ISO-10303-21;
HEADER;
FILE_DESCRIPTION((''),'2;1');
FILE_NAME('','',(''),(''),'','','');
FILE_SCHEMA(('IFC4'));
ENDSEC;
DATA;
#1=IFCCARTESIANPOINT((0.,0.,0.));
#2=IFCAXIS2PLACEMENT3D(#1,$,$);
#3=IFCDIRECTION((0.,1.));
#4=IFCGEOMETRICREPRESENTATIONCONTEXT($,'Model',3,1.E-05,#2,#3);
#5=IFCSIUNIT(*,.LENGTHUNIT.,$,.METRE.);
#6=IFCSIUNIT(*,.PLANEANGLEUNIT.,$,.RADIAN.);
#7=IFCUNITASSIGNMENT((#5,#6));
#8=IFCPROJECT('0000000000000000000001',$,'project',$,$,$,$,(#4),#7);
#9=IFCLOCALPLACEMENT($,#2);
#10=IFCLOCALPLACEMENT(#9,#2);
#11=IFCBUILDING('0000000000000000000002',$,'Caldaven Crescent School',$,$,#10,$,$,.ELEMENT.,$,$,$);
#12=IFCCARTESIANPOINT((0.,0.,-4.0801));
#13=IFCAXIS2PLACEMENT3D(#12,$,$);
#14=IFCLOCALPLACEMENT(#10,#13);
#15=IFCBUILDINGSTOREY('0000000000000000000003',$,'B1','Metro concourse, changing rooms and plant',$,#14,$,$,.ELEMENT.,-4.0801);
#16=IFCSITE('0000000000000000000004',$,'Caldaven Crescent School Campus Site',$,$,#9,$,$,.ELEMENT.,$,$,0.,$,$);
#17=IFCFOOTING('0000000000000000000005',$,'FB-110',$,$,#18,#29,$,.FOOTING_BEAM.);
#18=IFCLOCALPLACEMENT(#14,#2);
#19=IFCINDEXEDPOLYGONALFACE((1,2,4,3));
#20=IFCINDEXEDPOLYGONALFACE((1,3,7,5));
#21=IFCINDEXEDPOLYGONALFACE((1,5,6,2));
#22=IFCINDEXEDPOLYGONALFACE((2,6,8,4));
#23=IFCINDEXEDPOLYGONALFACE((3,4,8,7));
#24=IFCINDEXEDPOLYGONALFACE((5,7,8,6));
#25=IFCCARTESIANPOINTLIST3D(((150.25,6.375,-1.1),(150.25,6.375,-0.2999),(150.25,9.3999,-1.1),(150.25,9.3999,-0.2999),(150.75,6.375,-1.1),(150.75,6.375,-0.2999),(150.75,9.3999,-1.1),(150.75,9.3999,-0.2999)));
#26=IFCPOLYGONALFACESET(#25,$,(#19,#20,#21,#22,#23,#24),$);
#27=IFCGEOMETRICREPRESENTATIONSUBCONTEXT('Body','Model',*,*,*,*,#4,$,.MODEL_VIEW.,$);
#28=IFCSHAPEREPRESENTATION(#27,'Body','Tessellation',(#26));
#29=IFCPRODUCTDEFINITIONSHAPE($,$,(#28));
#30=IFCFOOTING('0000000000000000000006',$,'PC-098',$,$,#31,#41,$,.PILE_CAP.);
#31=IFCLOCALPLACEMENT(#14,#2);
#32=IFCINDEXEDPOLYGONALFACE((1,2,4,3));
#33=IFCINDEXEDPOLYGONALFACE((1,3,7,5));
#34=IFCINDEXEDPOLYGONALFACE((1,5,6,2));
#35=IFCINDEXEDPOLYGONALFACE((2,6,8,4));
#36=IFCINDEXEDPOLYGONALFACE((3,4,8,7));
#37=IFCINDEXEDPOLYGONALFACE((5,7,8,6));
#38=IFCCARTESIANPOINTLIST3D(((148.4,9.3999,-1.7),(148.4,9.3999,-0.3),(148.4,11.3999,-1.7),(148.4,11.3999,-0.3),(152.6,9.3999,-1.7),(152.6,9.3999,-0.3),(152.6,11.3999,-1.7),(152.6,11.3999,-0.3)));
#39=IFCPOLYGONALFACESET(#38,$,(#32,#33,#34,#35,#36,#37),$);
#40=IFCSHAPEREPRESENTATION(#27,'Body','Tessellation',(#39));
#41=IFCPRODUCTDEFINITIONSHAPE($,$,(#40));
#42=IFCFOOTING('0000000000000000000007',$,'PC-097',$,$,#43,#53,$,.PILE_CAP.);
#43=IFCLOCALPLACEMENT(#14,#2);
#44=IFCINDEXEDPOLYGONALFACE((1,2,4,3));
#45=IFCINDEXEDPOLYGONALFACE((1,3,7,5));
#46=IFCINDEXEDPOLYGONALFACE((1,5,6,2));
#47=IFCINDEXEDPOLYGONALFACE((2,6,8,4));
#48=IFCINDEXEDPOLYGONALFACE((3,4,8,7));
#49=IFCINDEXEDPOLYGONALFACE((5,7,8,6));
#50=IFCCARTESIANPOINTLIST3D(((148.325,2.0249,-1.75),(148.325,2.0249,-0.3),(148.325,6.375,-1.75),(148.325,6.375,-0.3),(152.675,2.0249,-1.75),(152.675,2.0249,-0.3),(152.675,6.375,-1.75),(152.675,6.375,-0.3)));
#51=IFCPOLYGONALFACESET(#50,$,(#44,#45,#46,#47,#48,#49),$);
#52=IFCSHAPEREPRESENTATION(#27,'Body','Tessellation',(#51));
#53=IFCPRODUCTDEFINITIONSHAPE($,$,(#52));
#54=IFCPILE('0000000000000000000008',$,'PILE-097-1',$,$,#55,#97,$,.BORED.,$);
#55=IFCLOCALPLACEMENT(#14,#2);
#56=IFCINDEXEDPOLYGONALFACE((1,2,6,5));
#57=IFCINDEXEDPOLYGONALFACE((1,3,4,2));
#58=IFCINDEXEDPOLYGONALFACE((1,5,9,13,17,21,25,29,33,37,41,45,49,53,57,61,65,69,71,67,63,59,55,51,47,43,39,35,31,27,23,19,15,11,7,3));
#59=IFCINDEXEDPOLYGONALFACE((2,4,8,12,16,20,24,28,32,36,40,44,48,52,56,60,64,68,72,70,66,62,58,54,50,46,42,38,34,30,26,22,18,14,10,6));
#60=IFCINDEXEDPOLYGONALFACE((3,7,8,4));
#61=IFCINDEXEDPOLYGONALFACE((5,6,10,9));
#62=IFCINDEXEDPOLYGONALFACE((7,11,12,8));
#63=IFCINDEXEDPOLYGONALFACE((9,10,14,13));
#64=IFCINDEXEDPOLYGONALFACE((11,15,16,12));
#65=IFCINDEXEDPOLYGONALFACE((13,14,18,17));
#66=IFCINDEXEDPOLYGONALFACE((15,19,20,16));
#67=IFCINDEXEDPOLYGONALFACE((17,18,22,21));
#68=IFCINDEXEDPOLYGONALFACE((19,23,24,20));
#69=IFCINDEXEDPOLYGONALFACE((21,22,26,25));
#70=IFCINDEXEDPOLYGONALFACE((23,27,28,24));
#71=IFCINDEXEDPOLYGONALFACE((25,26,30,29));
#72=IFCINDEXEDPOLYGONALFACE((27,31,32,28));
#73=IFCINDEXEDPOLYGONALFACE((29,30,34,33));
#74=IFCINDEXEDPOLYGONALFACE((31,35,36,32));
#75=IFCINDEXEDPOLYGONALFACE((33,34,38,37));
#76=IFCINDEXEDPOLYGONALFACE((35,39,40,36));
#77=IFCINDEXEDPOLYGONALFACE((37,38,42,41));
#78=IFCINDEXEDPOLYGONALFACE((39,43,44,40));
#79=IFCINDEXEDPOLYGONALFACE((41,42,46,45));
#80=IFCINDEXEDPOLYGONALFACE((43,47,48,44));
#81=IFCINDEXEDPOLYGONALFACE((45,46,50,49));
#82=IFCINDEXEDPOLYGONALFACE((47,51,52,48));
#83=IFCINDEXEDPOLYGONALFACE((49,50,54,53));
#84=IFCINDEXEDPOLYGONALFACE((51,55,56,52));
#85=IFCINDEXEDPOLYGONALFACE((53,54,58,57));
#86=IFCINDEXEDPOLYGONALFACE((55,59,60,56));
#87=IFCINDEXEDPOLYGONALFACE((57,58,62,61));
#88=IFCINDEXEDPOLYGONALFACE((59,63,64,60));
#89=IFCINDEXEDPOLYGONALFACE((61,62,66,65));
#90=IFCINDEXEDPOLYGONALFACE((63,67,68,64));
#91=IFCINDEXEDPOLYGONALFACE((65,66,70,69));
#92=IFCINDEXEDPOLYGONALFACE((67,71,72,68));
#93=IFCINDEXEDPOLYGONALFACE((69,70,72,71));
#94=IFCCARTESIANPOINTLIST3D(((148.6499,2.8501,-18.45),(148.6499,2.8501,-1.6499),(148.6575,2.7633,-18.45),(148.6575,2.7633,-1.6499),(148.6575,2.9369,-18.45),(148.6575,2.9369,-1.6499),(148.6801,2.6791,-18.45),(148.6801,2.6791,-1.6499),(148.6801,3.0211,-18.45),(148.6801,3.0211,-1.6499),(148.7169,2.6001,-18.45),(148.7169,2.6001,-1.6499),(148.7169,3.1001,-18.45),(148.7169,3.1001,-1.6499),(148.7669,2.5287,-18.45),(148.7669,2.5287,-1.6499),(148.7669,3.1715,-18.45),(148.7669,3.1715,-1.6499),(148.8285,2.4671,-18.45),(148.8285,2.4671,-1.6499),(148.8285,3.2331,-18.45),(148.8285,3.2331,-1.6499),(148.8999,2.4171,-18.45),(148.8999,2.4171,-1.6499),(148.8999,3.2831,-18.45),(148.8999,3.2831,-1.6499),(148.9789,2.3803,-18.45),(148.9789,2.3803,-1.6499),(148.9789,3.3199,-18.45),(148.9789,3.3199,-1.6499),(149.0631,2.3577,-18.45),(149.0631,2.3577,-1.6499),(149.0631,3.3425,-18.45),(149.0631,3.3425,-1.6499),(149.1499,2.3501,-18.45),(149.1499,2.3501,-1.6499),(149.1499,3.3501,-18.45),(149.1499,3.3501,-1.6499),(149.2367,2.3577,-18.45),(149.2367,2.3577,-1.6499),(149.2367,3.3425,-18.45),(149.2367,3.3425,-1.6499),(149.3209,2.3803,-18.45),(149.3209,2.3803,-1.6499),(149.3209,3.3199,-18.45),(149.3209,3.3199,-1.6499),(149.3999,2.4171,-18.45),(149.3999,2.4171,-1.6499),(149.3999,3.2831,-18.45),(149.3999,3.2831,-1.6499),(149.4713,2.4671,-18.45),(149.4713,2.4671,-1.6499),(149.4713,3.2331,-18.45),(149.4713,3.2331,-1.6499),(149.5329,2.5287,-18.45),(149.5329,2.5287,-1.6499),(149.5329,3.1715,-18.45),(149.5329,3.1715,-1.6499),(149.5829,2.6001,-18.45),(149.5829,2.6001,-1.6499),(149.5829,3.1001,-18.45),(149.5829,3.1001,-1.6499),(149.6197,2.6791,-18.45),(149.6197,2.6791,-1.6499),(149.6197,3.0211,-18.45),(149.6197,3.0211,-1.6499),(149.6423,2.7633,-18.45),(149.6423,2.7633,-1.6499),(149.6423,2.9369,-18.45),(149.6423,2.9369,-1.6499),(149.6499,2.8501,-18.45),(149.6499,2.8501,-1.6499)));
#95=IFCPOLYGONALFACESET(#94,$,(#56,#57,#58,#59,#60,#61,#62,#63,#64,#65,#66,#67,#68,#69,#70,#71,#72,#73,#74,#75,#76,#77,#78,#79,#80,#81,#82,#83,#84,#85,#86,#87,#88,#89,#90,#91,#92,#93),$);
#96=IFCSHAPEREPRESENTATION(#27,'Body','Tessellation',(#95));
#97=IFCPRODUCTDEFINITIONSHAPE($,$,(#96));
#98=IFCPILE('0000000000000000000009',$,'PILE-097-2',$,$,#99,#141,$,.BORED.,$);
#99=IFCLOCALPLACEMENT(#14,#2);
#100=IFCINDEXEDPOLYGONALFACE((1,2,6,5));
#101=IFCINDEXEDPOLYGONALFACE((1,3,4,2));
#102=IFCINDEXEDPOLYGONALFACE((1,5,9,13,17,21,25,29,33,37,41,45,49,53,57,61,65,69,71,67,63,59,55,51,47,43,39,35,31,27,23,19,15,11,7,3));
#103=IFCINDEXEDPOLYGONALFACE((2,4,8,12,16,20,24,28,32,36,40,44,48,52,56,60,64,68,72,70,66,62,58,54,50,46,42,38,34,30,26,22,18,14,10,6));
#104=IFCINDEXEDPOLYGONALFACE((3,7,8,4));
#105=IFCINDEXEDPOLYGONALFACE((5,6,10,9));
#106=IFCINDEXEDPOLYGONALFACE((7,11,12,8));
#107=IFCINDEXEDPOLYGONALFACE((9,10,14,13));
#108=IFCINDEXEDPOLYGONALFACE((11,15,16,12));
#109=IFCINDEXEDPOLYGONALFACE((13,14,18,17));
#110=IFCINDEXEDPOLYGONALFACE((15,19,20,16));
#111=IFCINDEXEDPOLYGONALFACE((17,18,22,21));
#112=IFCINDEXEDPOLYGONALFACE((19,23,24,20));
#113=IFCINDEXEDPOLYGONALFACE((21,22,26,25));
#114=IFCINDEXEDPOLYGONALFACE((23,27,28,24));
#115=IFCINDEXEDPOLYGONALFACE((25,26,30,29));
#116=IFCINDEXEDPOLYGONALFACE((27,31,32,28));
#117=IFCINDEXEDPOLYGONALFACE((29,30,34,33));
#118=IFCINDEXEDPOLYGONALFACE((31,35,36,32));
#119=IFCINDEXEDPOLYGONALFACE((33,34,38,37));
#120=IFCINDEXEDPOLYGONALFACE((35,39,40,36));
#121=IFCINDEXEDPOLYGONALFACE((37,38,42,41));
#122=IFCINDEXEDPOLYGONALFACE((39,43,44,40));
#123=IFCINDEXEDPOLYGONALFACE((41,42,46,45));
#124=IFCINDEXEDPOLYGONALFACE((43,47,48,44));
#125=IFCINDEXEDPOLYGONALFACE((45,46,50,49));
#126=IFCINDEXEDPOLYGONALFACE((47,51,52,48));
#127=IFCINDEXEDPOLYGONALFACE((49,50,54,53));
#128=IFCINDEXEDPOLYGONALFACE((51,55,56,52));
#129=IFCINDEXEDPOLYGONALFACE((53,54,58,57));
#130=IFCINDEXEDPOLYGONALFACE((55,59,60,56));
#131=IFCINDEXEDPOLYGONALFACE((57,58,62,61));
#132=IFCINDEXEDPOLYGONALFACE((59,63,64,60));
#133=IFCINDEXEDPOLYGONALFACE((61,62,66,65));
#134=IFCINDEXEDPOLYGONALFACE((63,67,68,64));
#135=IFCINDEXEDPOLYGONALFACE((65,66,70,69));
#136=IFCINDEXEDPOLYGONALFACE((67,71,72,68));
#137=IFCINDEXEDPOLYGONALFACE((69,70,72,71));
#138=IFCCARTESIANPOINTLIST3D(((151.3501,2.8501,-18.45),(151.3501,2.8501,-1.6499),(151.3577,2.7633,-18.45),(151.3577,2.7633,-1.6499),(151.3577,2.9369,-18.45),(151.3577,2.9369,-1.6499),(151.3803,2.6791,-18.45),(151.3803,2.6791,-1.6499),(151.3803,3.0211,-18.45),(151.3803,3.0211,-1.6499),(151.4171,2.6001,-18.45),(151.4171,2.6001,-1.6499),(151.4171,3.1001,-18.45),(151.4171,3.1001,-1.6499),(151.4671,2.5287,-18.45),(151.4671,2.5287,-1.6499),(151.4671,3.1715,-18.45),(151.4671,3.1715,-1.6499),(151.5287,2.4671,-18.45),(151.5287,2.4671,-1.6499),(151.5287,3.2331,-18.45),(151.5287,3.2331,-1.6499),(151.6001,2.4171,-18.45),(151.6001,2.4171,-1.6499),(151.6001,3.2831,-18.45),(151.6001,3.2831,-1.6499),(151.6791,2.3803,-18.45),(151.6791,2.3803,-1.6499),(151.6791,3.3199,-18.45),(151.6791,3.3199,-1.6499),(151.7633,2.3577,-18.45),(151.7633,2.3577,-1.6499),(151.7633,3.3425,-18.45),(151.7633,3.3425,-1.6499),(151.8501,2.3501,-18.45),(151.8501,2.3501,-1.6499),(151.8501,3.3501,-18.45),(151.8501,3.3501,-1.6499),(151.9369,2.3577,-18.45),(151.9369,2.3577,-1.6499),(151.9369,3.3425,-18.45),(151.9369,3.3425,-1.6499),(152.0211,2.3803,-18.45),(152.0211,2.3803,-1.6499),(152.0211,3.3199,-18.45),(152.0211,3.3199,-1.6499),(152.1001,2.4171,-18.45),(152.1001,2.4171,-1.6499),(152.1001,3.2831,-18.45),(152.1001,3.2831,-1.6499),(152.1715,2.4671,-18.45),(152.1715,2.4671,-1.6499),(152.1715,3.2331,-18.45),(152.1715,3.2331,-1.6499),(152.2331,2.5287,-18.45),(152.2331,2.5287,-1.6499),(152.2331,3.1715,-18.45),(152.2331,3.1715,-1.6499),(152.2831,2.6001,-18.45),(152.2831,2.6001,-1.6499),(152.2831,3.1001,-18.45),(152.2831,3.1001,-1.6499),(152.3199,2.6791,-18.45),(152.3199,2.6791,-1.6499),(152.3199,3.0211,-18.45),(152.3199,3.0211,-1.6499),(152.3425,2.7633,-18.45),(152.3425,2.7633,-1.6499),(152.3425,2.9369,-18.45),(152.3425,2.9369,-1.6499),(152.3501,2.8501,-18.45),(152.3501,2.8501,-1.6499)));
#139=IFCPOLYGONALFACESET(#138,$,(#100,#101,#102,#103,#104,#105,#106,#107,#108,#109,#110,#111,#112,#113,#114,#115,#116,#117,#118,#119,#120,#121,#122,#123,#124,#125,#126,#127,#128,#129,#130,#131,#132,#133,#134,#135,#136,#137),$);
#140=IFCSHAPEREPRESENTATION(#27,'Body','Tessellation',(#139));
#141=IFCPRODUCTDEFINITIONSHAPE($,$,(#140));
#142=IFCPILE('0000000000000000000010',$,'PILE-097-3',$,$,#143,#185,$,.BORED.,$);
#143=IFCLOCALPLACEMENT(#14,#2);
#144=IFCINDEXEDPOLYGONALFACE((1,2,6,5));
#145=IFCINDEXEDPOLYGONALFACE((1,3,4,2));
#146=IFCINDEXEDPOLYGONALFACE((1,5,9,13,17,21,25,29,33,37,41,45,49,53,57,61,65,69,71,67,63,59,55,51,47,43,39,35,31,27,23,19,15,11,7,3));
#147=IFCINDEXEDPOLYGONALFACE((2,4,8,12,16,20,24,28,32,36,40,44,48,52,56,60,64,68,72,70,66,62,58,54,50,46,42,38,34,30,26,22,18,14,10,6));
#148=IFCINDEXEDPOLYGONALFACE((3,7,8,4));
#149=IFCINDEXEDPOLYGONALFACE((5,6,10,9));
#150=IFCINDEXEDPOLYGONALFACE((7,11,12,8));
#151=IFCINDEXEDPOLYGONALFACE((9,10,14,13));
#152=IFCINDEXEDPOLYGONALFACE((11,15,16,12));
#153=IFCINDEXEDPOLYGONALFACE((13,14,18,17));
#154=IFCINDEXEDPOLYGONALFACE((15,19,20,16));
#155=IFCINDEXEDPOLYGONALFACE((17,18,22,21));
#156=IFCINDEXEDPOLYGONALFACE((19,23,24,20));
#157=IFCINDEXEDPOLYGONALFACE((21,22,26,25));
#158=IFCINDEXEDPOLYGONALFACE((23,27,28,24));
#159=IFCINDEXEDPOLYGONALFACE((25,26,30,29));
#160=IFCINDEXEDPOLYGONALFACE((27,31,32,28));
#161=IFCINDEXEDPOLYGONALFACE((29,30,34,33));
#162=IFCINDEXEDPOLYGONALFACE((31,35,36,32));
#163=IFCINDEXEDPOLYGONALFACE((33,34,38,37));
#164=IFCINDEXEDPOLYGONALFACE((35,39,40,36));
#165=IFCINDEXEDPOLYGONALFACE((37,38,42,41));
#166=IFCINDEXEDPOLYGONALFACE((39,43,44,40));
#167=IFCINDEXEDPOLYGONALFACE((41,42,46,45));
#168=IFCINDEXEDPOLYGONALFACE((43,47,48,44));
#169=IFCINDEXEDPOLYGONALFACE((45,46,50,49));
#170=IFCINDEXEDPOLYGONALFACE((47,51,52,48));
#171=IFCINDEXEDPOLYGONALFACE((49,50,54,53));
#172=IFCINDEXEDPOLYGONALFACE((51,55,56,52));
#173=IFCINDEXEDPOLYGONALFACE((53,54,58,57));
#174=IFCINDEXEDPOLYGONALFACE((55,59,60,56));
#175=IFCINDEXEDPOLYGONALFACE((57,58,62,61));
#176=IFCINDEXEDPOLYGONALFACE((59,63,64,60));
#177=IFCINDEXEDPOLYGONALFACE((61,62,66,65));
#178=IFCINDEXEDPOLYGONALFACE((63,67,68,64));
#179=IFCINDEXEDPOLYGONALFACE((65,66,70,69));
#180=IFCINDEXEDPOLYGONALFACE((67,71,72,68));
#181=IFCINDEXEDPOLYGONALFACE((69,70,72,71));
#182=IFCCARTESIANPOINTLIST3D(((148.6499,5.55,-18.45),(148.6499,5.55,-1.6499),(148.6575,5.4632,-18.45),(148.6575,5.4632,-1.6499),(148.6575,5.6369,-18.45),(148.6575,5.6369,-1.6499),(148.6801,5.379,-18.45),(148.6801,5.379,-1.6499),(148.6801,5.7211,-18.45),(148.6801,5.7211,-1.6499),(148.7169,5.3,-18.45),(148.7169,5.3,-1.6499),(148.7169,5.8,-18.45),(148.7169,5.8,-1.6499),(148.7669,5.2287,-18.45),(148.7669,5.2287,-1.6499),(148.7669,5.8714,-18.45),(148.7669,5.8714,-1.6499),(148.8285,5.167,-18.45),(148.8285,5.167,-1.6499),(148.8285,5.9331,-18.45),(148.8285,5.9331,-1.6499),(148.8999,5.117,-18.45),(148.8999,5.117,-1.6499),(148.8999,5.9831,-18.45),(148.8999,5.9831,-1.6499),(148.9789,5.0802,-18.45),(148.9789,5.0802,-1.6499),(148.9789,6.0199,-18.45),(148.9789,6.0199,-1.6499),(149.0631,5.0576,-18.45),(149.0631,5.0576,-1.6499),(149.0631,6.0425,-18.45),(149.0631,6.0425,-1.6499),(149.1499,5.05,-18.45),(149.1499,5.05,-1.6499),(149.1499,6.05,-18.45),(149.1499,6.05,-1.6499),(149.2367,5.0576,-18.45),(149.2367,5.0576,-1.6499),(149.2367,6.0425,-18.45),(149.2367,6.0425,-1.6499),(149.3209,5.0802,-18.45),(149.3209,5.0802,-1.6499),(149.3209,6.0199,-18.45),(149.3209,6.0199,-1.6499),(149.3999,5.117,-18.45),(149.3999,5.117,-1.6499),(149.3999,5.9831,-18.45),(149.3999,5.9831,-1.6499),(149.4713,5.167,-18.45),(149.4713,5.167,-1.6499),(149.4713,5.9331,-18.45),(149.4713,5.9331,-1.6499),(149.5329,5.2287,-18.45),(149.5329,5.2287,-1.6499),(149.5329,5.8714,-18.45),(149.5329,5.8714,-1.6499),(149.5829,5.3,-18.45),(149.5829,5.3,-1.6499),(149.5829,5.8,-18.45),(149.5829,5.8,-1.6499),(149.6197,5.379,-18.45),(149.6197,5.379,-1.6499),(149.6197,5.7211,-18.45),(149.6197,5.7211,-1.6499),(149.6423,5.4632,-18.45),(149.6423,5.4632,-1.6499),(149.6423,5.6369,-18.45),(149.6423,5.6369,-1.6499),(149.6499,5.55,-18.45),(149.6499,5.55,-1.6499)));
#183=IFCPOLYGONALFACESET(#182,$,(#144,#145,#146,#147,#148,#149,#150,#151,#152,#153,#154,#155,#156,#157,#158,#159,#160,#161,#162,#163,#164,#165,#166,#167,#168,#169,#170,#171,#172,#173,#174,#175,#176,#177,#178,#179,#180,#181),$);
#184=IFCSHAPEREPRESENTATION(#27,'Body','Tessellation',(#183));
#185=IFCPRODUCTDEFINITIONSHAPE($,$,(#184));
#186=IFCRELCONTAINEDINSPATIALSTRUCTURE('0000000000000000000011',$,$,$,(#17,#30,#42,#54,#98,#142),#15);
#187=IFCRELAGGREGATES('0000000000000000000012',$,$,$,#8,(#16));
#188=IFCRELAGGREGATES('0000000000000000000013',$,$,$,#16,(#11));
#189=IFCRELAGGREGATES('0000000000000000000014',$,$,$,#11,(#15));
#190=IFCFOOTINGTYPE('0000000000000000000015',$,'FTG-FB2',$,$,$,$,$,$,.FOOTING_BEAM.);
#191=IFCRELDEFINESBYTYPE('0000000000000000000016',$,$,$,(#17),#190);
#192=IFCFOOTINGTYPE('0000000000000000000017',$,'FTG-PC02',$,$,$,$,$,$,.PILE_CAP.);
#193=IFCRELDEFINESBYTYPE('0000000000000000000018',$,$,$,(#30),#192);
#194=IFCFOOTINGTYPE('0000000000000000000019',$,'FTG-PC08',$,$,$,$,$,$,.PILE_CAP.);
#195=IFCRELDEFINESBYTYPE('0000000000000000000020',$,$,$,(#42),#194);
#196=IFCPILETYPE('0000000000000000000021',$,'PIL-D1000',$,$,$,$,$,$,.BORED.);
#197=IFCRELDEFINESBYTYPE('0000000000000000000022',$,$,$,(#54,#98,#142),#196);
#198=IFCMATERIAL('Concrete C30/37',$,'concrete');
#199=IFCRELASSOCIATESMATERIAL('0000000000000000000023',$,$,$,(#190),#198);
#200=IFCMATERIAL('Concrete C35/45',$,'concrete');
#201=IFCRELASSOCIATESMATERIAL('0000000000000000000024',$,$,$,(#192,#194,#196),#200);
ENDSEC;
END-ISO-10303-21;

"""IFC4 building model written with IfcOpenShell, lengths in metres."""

from ifc_helpers import new_model, si_unit, direction, frame, origin, origin_2d, place, context, subcontext, project, spatial, rectangle, circle, extrude, material, material_profile, profile_set, type_object, element, save


model = new_model("IFC4")

# Units and contexts
model_context = context("Model", 3, precision=1e-05, world=origin(), true_north=direction((0.0, 1.0)))
body_context = subcontext(model_context, "Body", "Model", "MODEL_VIEW")
ifc_project = project(units=[si_unit("LENGTHUNIT", "METRE"), si_unit("PLANEANGLEUNIT", "RADIAN")], contexts=[model_context])

# Site, building, storey
site_placement = place(None, origin())
site = spatial("IfcSite", under=ifc_project, at=site_placement, Name="Caldaven Crescent School Campus Site", CompositionType="ELEMENT", RefElevation=0.0)
building_placement = place(site_placement, origin())
building = spatial("IfcBuilding", under=site, at=building_placement, Name="Caldaven Crescent School", CompositionType="ELEMENT")
storey_placement = place(building_placement, frame((0.0, 0.0, -4.0801)))
storey = spatial("IfcBuildingStorey", under=building, at=storey_placement, Name="B1", Description="Metro concourse, changing rooms and plant", CompositionType="ELEMENT", Elevation=-4.0801)

# Footings
ifc_material_1 = material(Name="Concrete C30/37", Category="concrete")
ifc_material_profile_1 = material_profile(ifc_material_1, rectangle(XDim=0.5, YDim=0.8, at=origin_2d()), Name="FB 500x800")
ifc_profile_set_1 = profile_set([ifc_material_profile_1], Name="Concrete C30/37")
footing_type_1 = type_object("IfcFootingType", Name="FTG-FB2", PredefinedType="FOOTING_BEAM", material=ifc_profile_set_1)
footing_1_placement = place(storey_placement, frame((150.5, 6.375, -0.7), z_axis=(0.0, 1.0, 0.0), x_axis=(-1.0, 0.0, 0.0)))
element("IfcFooting", 1, at=footing_1_placement, inside=storey, type_object=footing_type_1, Name="FB-110", PredefinedType="FOOTING_BEAM", context=body_context, shape_type="SweptSolid", body=[
    extrude(rectangle(XDim=0.5, YDim=0.8, at=origin_2d()), origin(), (0.0, 0.0, 1.0), 3.0249),
])
ifc_material_2 = material(Name="Concrete C35/45", Category="concrete")
footing_type_2 = type_object("IfcFootingType", Name="FTG-PC02", PredefinedType="PILE_CAP", material=ifc_material_2)
footing_2_placement = place(storey_placement, frame((150.5, 10.3999, -1.7), z_axis=(0.0, 0.0, 1.0), x_axis=(1.0, 0.0, 0.0)))
element("IfcFooting", 2, at=footing_2_placement, inside=storey, type_object=footing_type_2, Name="PC-098", PredefinedType="PILE_CAP", context=body_context, shape_type="SweptSolid", body=[
    extrude(rectangle(XDim=4.2, YDim=2.0, at=origin_2d()), origin(), (0.0, 0.0, 1.0), 1.3999),
])
footing_type_3 = type_object("IfcFootingType", Name="FTG-PC08", PredefinedType="PILE_CAP", material=ifc_material_2)
footing_3_placement = place(storey_placement, frame((150.5, 4.2, -1.75), z_axis=(0.0, 0.0, 1.0), x_axis=(1.0, 0.0, 0.0)))
element("IfcFooting", 3, at=footing_3_placement, inside=storey, type_object=footing_type_3, Name="PC-097", PredefinedType="PILE_CAP", context=body_context, shape_type="SweptSolid", body=[
    extrude(rectangle(XDim=4.3501, YDim=4.3501, at=origin_2d()), origin(), (0.0, 0.0, 1.0), 1.45),
])

# Piles
ifc_material_profile_2 = material_profile(ifc_material_2, circle(Radius=0.5, at=origin_2d()), Name="PILE D1000")
ifc_profile_set_2 = profile_set([ifc_material_profile_2], Name="Concrete C35/45")
pile_type_1 = type_object("IfcPileType", Name="PIL-D1000", PredefinedType="BORED", material=ifc_profile_set_2)
for number, where, z_axis, x_axis, name in (
    (4, (149.1499, 2.8501, -1.6499), (0.0, 0.0, -1.0), (1.0, 0.0, 0.0), "PILE-097-1"),
    (5, (151.8501, 2.8501, -1.6499), (0.0, 0.0, -1.0), (1.0, 0.0, 0.0), "PILE-097-2"),
    (6, (149.1499, 5.55, -1.6499), (0.0, 0.0, -1.0), (1.0, 0.0, 0.0), "PILE-097-3"),
):
    element("IfcPile", number, at=place(storey_placement, frame(where, z_axis=z_axis, x_axis=x_axis)), inside=storey, type_object=pile_type_1, Name=name, PredefinedType="BORED", context=body_context, shape_type="SweptSolid", body=[
        extrude(circle(Radius=0.5, at=origin_2d()), origin(), (0.0, 0.0, 1.0), 16.8),
    ])

save(model, "model.ifc")
